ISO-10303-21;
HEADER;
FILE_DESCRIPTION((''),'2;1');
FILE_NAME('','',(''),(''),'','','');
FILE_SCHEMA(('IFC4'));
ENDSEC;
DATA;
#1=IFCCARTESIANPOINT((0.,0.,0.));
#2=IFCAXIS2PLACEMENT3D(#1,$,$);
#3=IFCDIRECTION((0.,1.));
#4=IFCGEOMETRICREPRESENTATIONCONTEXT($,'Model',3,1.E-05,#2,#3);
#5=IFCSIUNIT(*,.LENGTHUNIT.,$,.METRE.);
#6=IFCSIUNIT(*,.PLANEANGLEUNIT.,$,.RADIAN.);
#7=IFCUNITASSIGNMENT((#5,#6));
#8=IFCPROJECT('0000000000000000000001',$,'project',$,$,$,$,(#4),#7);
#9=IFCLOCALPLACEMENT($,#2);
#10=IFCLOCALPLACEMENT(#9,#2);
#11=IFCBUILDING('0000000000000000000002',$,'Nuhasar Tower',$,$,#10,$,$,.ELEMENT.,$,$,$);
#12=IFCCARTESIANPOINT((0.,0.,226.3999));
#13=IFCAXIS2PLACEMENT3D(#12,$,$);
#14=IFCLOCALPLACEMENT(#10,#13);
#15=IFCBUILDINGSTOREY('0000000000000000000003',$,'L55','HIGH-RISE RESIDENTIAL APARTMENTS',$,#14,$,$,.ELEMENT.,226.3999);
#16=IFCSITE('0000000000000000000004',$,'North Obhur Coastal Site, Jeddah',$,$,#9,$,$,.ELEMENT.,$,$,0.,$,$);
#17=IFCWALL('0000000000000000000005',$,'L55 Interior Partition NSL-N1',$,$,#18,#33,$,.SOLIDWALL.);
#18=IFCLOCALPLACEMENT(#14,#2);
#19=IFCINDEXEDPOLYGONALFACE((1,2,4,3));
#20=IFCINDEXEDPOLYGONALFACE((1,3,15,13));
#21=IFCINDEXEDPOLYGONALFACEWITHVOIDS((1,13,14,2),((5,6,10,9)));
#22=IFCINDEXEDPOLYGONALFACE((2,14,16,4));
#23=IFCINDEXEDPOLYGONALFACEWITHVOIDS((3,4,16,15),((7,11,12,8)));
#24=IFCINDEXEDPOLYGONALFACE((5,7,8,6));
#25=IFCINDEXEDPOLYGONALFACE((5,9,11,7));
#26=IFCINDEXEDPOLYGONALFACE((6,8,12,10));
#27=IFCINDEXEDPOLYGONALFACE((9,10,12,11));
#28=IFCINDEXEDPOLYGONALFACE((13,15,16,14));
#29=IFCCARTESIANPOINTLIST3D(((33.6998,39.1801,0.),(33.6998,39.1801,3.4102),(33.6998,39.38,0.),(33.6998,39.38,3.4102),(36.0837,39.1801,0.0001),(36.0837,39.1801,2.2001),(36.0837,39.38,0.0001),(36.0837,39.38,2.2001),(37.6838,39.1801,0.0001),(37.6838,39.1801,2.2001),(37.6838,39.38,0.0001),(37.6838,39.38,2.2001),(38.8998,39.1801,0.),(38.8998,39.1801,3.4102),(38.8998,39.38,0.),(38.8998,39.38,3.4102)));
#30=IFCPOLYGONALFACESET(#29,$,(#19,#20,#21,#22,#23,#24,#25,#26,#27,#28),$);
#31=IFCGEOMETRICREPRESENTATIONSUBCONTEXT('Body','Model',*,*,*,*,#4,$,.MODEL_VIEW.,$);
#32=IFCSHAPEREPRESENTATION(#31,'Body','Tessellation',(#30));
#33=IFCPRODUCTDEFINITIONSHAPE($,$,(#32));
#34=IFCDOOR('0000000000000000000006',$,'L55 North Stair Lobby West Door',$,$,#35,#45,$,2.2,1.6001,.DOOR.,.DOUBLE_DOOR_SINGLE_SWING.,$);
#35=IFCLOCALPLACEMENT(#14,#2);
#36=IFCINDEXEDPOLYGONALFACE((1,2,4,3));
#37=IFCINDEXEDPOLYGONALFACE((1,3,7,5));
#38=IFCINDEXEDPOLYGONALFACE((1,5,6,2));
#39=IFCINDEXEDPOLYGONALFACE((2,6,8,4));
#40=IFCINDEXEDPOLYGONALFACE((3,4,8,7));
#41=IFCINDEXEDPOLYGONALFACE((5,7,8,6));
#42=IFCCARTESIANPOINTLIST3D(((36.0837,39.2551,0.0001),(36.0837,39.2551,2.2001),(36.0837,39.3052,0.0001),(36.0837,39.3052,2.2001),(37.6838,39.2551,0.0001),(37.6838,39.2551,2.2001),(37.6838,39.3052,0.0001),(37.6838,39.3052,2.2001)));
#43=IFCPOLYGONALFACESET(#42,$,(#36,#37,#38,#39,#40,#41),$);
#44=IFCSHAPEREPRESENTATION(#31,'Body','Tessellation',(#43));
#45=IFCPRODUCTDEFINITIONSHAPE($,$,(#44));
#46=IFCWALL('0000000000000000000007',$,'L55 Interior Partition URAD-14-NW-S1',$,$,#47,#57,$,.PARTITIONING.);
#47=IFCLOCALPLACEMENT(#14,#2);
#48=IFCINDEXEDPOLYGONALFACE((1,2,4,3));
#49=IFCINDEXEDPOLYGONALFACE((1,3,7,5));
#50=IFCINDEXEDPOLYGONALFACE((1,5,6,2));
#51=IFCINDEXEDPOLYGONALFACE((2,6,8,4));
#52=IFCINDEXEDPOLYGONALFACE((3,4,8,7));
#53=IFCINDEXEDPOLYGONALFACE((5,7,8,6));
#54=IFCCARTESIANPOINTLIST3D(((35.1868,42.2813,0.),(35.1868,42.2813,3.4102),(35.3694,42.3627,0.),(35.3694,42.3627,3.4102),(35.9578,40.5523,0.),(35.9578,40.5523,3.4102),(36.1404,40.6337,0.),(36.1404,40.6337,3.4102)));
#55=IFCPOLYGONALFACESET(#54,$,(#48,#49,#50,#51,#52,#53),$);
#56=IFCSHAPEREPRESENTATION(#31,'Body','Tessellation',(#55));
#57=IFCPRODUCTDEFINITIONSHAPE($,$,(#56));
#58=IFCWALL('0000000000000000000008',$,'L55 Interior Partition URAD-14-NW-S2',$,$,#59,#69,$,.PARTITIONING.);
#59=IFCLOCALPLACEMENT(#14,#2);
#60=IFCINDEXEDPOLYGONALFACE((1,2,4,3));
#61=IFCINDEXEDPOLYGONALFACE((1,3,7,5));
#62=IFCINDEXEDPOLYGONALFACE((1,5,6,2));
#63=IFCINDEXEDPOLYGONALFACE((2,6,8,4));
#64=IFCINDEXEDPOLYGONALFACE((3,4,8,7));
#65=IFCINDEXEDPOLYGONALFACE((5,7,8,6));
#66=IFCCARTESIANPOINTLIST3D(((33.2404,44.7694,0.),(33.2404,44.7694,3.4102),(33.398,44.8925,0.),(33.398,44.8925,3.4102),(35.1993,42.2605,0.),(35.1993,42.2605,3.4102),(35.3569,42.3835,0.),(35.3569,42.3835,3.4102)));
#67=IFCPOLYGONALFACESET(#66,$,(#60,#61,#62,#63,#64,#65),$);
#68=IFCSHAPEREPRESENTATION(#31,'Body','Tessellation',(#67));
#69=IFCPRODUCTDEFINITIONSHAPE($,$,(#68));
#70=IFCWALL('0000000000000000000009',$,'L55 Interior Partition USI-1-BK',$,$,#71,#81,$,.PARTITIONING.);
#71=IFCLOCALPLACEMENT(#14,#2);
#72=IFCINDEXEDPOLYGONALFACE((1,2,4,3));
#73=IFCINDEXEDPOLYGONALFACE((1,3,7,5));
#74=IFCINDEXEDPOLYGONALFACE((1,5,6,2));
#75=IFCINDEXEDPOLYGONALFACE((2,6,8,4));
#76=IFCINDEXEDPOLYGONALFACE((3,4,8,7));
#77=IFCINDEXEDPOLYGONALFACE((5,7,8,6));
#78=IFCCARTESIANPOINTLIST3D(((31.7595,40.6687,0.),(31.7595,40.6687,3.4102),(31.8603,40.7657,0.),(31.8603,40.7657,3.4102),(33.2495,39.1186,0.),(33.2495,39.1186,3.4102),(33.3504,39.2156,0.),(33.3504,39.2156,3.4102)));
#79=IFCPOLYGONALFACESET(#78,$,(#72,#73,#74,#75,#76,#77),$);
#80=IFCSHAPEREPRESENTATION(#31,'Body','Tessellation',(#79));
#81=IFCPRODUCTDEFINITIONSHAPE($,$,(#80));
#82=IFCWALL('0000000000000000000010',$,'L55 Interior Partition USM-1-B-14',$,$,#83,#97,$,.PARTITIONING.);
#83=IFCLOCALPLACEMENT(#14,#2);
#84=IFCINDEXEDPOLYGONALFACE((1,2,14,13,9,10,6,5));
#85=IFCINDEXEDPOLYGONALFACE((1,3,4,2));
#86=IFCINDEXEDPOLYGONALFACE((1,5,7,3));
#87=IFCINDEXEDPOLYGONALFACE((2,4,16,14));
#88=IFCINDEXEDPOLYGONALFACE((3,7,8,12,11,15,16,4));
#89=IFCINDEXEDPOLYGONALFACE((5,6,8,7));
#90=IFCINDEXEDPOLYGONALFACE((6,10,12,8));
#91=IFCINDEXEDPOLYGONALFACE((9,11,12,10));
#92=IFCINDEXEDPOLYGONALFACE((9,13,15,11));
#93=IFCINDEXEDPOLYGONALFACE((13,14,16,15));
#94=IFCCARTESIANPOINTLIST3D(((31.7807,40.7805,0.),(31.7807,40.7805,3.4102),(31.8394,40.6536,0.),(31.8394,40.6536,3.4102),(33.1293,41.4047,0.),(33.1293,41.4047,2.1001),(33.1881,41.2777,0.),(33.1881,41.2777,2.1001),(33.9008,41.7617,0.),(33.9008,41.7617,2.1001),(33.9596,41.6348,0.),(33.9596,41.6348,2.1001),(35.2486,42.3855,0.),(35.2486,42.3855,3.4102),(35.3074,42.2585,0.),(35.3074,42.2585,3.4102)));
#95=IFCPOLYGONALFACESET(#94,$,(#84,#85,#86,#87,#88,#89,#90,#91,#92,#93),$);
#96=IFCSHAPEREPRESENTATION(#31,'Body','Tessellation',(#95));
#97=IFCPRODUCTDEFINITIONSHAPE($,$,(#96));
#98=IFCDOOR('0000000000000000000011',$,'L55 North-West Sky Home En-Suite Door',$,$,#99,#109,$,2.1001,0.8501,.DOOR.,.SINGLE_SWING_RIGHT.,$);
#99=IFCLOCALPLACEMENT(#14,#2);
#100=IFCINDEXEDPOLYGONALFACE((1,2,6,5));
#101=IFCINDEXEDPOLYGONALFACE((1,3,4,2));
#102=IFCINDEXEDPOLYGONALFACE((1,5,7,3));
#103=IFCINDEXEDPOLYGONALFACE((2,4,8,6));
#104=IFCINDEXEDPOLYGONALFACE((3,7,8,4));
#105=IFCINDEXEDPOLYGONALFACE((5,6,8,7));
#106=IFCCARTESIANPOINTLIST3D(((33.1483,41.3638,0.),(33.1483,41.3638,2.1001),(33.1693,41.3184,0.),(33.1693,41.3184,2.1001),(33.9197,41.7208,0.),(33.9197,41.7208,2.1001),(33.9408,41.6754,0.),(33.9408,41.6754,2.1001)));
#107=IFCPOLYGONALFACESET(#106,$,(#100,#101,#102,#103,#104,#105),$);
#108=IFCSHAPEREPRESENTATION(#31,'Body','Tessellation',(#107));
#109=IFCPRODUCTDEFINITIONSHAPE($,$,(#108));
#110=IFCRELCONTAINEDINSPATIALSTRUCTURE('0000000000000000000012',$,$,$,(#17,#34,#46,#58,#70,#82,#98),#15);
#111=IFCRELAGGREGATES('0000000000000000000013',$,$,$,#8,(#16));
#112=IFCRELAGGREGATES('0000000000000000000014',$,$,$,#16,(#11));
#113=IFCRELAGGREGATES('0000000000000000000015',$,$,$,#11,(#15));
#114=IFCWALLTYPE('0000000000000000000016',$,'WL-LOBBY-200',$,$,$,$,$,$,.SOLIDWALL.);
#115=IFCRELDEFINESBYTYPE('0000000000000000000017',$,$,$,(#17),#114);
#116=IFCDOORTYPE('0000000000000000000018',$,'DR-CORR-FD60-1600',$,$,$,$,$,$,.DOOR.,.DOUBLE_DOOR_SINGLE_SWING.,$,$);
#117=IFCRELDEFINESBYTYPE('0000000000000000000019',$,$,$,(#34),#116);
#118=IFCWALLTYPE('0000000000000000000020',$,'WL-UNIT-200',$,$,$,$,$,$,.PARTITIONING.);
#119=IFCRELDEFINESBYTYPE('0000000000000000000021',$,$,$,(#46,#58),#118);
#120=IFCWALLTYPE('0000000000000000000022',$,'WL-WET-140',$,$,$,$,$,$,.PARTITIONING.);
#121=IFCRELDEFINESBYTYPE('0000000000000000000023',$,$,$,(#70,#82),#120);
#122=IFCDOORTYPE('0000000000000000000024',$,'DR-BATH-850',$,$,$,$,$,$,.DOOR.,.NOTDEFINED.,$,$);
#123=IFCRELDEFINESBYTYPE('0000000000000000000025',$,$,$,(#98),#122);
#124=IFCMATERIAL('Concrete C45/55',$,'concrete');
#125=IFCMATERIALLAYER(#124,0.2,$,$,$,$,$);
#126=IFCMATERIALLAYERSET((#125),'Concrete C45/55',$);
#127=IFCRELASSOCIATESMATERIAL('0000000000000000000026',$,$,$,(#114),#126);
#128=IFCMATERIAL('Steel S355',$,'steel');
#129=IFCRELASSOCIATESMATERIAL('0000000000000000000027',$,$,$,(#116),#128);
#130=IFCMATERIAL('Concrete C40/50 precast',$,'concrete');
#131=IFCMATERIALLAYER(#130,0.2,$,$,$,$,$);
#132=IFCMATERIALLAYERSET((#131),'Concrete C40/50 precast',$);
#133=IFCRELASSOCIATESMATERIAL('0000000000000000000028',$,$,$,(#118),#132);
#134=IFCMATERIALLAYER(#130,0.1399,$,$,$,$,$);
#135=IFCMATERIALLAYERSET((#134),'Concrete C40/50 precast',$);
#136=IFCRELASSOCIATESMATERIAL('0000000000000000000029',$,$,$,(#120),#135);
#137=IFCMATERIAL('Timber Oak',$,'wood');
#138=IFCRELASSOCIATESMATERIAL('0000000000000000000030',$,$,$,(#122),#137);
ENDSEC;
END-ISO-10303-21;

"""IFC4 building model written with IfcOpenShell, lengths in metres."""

from ifc_helpers import new_model, si_unit, direction, frame, frame_2d, origin, place, context, subcontext, project, spatial, rectangle, extrude, material, layer, layer_set, type_object, element, fill, save


model = new_model("IFC4")

# Units and contexts
model_context = context("Model", 3, precision=1e-05, world=origin(), true_north=direction((0.0, 1.0)))
body_context = subcontext(model_context, "Body", "Model", "MODEL_VIEW")
ifc_project = project(units=[si_unit("LENGTHUNIT", "METRE"), si_unit("PLANEANGLEUNIT", "RADIAN")], contexts=[model_context])

# Site, building, storey
site_placement = place(None, origin())
site = spatial("IfcSite", under=ifc_project, at=site_placement, Name="North Obhur Coastal Site, Jeddah", CompositionType="ELEMENT", RefElevation=0.0)
building_placement = place(site_placement, origin())
building = spatial("IfcBuilding", under=site, at=building_placement, Name="Nuhasar Tower", CompositionType="ELEMENT")
storey_placement = place(building_placement, frame((0.0, 0.0, 226.3999)))
storey = spatial("IfcBuildingStorey", under=building, at=storey_placement, Name="L55", Description="HIGH-RISE RESIDENTIAL APARTMENTS", CompositionType="ELEMENT", Elevation=226.3999)

# Shared definitions
ifc_material_1 = material(Name="Steel S355", Category="steel")

# Shared definitions
ifc_material_2 = material(Name="Concrete C45/55", Category="concrete")
ifc_layer_1 = layer(ifc_material_2, 0.2)
ifc_layer_set_1 = layer_set([ifc_layer_1], Name="Concrete C45/55")
wall_type_1 = type_object("IfcWallType", Name="WL-LOBBY-200", PredefinedType="SOLIDWALL", material=ifc_layer_set_1)

# Wall, opening, door
wall_1_placement = place(storey_placement, frame((38.8999, 39.28, 0.0), z_axis=(0.0, 0.0, 1.0), x_axis=(-1.0, 0.0, 0.0)))
wall_1 = element("IfcWall", 1, at=wall_1_placement, inside=storey, type_object=wall_type_1, Name="L55 Interior Partition NSL-N1", PredefinedType="SOLIDWALL", context=body_context, shape_type="SweptSolid", body=[
    extrude(rectangle(XDim=5.2, YDim=0.2, at=frame_2d((2.6001, 0.0))), origin(), (0.0, 0.0, 1.0), 3.4102),
])
opening_1_placement = place(wall_1_placement, frame((1.2161, 0.0, 0.0)))
opening_1 = element("IfcOpeningElement", 2, at=opening_1_placement, cuts=wall_1, PredefinedType="OPENING", context=body_context, shape_type="SweptSolid", body=[
    extrude(rectangle(XDim=1.6001, YDim=2.2, at=frame_2d((0.8, 1.1001))), frame((0.0, 0.1099, 0.0), z_axis=(0.0, -1.0, 0.0), x_axis=(1.0, 0.0, 0.0)), (0.0, 0.0, 1.0), 0.22),
])
door_type_1 = type_object("IfcDoorType", Name="DR-CORR-FD60-1600", OperationType="DOUBLE_DOOR_SINGLE_SWING", PredefinedType="DOOR", material=ifc_material_1)
door_1_placement = place(opening_1_placement, origin())
door_1 = element("IfcDoor", 3, at=door_1_placement, inside=storey, type_object=door_type_1, Name="L55 North Stair Lobby West Door", OperationType="DOUBLE_DOOR_SINGLE_SWING", OverallHeight=2.2, OverallWidth=1.6001, PredefinedType="DOOR", context=body_context, shape_type="SweptSolid", body=[
    extrude(rectangle(XDim=1.6001, YDim=2.2, at=frame_2d((0.8, 1.1001))), frame((0.0, 0.0249, 0.0), z_axis=(0.0, -1.0, 0.0), x_axis=(1.0, 0.0, 0.0)), (0.0, 0.0, 1.0), 0.05),
])
fill(opening_1, door_1)

# Walls
ifc_material_3 = material(Name="Concrete C40/50 precast", Category="concrete")
ifc_layer_2 = layer(ifc_material_3, 0.2)
ifc_layer_set_2 = layer_set([ifc_layer_2], Name="Concrete C40/50 precast")
wall_type_2 = type_object("IfcWallType", Name="WL-UNIT-200", PredefinedType="PARTITIONING", material=ifc_layer_set_2)
wall_2_placement = place(storey_placement, frame((36.0491, 40.593, 0.0), z_axis=(0.0, 0.0, 1.0), x_axis=(-0.407263, 0.913311, 0.0)))
element("IfcWall", 4, at=wall_2_placement, inside=storey, type_object=wall_type_2, Name="L55 Interior Partition URAD-14-NW-S1", PredefinedType="PARTITIONING", context=body_context, shape_type="SweptSolid", body=[
    extrude(rectangle(XDim=1.8931, YDim=0.2, at=frame_2d((0.9465, 0.0))), origin(), (0.0, 0.0, 1.0), 3.4102),
])
wall_3_placement = place(storey_placement, frame((35.2781, 42.322, 0.0), z_axis=(0.0, 0.0, 1.0), x_axis=(-0.61541, 0.788207, 0.0)))
element("IfcWall", 5, at=wall_3_placement, inside=storey, type_object=wall_type_2, Name="L55 Interior Partition URAD-14-NW-S2", PredefinedType="PARTITIONING", context=body_context, shape_type="SweptSolid", body=[
    extrude(rectangle(XDim=3.1831, YDim=0.2, at=frame_2d((1.5916, 0.0))), origin(), (0.0, 0.0, 1.0), 3.4102),
])
ifc_layer_3 = layer(ifc_material_3, 0.1399)
ifc_layer_set_3 = layer_set([ifc_layer_3], Name="Concrete C40/50 precast")
wall_type_3 = type_object("IfcWallType", Name="WL-WET-140", PredefinedType="PARTITIONING", material=ifc_layer_set_3)
wall_4_placement = place(storey_placement, frame((33.3, 39.167, 0.0), z_axis=(0.0, 0.0, 1.0), x_axis=(-0.693002, 0.720936, 0.0)))
element("IfcWall", 6, at=wall_4_placement, inside=storey, type_object=wall_type_3, Name="L55 Interior Partition USI-1-BK", PredefinedType="PARTITIONING", context=body_context, shape_type="SweptSolid", body=[
    extrude(rectangle(XDim=2.1501, YDim=0.1399, at=frame_2d((1.0752, 0.0))), origin(), (0.0, 0.0, 1.0), 3.4102),
])

# Wall, opening, door
wall_5_placement = place(storey_placement, frame((31.8101, 40.717, 0.0), z_axis=(0.0, 0.0, 1.0), x_axis=(0.907525, 0.419998, 0.0)))
wall_5 = element("IfcWall", 7, at=wall_5_placement, inside=storey, type_object=wall_type_3, Name="L55 Interior Partition USM-1-B-14", PredefinedType="PARTITIONING", context=body_context, shape_type="SweptSolid", body=[
    extrude(rectangle(XDim=3.8213, YDim=0.1399, at=frame_2d((1.9106, 0.0))), origin(), (0.0, 0.0, 1.0), 3.4102),
])
opening_2_placement = place(wall_5_placement, frame((1.4861, 0.0, 0.0)))
opening_2 = element("IfcOpeningElement", 8, at=opening_2_placement, cuts=wall_5, PredefinedType="OPENING", context=body_context, shape_type="SweptSolid", body=[
    extrude(rectangle(XDim=0.8501, YDim=2.1001, at=frame_2d((0.425, 1.05))), frame((0.0, 0.0801, 0.0), z_axis=(0.0, -1.0, 0.0), x_axis=(1.0, 0.0, 0.0)), (0.0, 0.0, 1.0), 0.1599),
])
ifc_material_4 = material(Name="Timber Oak", Category="wood")
door_type_2 = type_object("IfcDoorType", Name="DR-BATH-850", OperationType="NOTDEFINED", PredefinedType="DOOR", material=ifc_material_4)
door_2_placement = place(opening_2_placement, origin())
door_2 = element("IfcDoor", 9, at=door_2_placement, inside=storey, type_object=door_type_2, Name="L55 North-West Sky Home En-Suite Door", OperationType="SINGLE_SWING_RIGHT", OverallHeight=2.1001, OverallWidth=0.8501, PredefinedType="DOOR", context=body_context, shape_type="SweptSolid", body=[
    extrude(rectangle(XDim=0.8501, YDim=2.1001, at=frame_2d((0.425, 1.05))), frame((0.0, 0.0249, 0.0), z_axis=(0.0, -1.0, 0.0), x_axis=(1.0, 0.0, 0.0)), (0.0, 0.0, 1.0), 0.05),
])
fill(opening_2, door_2)

save(model, "model.ifc")
